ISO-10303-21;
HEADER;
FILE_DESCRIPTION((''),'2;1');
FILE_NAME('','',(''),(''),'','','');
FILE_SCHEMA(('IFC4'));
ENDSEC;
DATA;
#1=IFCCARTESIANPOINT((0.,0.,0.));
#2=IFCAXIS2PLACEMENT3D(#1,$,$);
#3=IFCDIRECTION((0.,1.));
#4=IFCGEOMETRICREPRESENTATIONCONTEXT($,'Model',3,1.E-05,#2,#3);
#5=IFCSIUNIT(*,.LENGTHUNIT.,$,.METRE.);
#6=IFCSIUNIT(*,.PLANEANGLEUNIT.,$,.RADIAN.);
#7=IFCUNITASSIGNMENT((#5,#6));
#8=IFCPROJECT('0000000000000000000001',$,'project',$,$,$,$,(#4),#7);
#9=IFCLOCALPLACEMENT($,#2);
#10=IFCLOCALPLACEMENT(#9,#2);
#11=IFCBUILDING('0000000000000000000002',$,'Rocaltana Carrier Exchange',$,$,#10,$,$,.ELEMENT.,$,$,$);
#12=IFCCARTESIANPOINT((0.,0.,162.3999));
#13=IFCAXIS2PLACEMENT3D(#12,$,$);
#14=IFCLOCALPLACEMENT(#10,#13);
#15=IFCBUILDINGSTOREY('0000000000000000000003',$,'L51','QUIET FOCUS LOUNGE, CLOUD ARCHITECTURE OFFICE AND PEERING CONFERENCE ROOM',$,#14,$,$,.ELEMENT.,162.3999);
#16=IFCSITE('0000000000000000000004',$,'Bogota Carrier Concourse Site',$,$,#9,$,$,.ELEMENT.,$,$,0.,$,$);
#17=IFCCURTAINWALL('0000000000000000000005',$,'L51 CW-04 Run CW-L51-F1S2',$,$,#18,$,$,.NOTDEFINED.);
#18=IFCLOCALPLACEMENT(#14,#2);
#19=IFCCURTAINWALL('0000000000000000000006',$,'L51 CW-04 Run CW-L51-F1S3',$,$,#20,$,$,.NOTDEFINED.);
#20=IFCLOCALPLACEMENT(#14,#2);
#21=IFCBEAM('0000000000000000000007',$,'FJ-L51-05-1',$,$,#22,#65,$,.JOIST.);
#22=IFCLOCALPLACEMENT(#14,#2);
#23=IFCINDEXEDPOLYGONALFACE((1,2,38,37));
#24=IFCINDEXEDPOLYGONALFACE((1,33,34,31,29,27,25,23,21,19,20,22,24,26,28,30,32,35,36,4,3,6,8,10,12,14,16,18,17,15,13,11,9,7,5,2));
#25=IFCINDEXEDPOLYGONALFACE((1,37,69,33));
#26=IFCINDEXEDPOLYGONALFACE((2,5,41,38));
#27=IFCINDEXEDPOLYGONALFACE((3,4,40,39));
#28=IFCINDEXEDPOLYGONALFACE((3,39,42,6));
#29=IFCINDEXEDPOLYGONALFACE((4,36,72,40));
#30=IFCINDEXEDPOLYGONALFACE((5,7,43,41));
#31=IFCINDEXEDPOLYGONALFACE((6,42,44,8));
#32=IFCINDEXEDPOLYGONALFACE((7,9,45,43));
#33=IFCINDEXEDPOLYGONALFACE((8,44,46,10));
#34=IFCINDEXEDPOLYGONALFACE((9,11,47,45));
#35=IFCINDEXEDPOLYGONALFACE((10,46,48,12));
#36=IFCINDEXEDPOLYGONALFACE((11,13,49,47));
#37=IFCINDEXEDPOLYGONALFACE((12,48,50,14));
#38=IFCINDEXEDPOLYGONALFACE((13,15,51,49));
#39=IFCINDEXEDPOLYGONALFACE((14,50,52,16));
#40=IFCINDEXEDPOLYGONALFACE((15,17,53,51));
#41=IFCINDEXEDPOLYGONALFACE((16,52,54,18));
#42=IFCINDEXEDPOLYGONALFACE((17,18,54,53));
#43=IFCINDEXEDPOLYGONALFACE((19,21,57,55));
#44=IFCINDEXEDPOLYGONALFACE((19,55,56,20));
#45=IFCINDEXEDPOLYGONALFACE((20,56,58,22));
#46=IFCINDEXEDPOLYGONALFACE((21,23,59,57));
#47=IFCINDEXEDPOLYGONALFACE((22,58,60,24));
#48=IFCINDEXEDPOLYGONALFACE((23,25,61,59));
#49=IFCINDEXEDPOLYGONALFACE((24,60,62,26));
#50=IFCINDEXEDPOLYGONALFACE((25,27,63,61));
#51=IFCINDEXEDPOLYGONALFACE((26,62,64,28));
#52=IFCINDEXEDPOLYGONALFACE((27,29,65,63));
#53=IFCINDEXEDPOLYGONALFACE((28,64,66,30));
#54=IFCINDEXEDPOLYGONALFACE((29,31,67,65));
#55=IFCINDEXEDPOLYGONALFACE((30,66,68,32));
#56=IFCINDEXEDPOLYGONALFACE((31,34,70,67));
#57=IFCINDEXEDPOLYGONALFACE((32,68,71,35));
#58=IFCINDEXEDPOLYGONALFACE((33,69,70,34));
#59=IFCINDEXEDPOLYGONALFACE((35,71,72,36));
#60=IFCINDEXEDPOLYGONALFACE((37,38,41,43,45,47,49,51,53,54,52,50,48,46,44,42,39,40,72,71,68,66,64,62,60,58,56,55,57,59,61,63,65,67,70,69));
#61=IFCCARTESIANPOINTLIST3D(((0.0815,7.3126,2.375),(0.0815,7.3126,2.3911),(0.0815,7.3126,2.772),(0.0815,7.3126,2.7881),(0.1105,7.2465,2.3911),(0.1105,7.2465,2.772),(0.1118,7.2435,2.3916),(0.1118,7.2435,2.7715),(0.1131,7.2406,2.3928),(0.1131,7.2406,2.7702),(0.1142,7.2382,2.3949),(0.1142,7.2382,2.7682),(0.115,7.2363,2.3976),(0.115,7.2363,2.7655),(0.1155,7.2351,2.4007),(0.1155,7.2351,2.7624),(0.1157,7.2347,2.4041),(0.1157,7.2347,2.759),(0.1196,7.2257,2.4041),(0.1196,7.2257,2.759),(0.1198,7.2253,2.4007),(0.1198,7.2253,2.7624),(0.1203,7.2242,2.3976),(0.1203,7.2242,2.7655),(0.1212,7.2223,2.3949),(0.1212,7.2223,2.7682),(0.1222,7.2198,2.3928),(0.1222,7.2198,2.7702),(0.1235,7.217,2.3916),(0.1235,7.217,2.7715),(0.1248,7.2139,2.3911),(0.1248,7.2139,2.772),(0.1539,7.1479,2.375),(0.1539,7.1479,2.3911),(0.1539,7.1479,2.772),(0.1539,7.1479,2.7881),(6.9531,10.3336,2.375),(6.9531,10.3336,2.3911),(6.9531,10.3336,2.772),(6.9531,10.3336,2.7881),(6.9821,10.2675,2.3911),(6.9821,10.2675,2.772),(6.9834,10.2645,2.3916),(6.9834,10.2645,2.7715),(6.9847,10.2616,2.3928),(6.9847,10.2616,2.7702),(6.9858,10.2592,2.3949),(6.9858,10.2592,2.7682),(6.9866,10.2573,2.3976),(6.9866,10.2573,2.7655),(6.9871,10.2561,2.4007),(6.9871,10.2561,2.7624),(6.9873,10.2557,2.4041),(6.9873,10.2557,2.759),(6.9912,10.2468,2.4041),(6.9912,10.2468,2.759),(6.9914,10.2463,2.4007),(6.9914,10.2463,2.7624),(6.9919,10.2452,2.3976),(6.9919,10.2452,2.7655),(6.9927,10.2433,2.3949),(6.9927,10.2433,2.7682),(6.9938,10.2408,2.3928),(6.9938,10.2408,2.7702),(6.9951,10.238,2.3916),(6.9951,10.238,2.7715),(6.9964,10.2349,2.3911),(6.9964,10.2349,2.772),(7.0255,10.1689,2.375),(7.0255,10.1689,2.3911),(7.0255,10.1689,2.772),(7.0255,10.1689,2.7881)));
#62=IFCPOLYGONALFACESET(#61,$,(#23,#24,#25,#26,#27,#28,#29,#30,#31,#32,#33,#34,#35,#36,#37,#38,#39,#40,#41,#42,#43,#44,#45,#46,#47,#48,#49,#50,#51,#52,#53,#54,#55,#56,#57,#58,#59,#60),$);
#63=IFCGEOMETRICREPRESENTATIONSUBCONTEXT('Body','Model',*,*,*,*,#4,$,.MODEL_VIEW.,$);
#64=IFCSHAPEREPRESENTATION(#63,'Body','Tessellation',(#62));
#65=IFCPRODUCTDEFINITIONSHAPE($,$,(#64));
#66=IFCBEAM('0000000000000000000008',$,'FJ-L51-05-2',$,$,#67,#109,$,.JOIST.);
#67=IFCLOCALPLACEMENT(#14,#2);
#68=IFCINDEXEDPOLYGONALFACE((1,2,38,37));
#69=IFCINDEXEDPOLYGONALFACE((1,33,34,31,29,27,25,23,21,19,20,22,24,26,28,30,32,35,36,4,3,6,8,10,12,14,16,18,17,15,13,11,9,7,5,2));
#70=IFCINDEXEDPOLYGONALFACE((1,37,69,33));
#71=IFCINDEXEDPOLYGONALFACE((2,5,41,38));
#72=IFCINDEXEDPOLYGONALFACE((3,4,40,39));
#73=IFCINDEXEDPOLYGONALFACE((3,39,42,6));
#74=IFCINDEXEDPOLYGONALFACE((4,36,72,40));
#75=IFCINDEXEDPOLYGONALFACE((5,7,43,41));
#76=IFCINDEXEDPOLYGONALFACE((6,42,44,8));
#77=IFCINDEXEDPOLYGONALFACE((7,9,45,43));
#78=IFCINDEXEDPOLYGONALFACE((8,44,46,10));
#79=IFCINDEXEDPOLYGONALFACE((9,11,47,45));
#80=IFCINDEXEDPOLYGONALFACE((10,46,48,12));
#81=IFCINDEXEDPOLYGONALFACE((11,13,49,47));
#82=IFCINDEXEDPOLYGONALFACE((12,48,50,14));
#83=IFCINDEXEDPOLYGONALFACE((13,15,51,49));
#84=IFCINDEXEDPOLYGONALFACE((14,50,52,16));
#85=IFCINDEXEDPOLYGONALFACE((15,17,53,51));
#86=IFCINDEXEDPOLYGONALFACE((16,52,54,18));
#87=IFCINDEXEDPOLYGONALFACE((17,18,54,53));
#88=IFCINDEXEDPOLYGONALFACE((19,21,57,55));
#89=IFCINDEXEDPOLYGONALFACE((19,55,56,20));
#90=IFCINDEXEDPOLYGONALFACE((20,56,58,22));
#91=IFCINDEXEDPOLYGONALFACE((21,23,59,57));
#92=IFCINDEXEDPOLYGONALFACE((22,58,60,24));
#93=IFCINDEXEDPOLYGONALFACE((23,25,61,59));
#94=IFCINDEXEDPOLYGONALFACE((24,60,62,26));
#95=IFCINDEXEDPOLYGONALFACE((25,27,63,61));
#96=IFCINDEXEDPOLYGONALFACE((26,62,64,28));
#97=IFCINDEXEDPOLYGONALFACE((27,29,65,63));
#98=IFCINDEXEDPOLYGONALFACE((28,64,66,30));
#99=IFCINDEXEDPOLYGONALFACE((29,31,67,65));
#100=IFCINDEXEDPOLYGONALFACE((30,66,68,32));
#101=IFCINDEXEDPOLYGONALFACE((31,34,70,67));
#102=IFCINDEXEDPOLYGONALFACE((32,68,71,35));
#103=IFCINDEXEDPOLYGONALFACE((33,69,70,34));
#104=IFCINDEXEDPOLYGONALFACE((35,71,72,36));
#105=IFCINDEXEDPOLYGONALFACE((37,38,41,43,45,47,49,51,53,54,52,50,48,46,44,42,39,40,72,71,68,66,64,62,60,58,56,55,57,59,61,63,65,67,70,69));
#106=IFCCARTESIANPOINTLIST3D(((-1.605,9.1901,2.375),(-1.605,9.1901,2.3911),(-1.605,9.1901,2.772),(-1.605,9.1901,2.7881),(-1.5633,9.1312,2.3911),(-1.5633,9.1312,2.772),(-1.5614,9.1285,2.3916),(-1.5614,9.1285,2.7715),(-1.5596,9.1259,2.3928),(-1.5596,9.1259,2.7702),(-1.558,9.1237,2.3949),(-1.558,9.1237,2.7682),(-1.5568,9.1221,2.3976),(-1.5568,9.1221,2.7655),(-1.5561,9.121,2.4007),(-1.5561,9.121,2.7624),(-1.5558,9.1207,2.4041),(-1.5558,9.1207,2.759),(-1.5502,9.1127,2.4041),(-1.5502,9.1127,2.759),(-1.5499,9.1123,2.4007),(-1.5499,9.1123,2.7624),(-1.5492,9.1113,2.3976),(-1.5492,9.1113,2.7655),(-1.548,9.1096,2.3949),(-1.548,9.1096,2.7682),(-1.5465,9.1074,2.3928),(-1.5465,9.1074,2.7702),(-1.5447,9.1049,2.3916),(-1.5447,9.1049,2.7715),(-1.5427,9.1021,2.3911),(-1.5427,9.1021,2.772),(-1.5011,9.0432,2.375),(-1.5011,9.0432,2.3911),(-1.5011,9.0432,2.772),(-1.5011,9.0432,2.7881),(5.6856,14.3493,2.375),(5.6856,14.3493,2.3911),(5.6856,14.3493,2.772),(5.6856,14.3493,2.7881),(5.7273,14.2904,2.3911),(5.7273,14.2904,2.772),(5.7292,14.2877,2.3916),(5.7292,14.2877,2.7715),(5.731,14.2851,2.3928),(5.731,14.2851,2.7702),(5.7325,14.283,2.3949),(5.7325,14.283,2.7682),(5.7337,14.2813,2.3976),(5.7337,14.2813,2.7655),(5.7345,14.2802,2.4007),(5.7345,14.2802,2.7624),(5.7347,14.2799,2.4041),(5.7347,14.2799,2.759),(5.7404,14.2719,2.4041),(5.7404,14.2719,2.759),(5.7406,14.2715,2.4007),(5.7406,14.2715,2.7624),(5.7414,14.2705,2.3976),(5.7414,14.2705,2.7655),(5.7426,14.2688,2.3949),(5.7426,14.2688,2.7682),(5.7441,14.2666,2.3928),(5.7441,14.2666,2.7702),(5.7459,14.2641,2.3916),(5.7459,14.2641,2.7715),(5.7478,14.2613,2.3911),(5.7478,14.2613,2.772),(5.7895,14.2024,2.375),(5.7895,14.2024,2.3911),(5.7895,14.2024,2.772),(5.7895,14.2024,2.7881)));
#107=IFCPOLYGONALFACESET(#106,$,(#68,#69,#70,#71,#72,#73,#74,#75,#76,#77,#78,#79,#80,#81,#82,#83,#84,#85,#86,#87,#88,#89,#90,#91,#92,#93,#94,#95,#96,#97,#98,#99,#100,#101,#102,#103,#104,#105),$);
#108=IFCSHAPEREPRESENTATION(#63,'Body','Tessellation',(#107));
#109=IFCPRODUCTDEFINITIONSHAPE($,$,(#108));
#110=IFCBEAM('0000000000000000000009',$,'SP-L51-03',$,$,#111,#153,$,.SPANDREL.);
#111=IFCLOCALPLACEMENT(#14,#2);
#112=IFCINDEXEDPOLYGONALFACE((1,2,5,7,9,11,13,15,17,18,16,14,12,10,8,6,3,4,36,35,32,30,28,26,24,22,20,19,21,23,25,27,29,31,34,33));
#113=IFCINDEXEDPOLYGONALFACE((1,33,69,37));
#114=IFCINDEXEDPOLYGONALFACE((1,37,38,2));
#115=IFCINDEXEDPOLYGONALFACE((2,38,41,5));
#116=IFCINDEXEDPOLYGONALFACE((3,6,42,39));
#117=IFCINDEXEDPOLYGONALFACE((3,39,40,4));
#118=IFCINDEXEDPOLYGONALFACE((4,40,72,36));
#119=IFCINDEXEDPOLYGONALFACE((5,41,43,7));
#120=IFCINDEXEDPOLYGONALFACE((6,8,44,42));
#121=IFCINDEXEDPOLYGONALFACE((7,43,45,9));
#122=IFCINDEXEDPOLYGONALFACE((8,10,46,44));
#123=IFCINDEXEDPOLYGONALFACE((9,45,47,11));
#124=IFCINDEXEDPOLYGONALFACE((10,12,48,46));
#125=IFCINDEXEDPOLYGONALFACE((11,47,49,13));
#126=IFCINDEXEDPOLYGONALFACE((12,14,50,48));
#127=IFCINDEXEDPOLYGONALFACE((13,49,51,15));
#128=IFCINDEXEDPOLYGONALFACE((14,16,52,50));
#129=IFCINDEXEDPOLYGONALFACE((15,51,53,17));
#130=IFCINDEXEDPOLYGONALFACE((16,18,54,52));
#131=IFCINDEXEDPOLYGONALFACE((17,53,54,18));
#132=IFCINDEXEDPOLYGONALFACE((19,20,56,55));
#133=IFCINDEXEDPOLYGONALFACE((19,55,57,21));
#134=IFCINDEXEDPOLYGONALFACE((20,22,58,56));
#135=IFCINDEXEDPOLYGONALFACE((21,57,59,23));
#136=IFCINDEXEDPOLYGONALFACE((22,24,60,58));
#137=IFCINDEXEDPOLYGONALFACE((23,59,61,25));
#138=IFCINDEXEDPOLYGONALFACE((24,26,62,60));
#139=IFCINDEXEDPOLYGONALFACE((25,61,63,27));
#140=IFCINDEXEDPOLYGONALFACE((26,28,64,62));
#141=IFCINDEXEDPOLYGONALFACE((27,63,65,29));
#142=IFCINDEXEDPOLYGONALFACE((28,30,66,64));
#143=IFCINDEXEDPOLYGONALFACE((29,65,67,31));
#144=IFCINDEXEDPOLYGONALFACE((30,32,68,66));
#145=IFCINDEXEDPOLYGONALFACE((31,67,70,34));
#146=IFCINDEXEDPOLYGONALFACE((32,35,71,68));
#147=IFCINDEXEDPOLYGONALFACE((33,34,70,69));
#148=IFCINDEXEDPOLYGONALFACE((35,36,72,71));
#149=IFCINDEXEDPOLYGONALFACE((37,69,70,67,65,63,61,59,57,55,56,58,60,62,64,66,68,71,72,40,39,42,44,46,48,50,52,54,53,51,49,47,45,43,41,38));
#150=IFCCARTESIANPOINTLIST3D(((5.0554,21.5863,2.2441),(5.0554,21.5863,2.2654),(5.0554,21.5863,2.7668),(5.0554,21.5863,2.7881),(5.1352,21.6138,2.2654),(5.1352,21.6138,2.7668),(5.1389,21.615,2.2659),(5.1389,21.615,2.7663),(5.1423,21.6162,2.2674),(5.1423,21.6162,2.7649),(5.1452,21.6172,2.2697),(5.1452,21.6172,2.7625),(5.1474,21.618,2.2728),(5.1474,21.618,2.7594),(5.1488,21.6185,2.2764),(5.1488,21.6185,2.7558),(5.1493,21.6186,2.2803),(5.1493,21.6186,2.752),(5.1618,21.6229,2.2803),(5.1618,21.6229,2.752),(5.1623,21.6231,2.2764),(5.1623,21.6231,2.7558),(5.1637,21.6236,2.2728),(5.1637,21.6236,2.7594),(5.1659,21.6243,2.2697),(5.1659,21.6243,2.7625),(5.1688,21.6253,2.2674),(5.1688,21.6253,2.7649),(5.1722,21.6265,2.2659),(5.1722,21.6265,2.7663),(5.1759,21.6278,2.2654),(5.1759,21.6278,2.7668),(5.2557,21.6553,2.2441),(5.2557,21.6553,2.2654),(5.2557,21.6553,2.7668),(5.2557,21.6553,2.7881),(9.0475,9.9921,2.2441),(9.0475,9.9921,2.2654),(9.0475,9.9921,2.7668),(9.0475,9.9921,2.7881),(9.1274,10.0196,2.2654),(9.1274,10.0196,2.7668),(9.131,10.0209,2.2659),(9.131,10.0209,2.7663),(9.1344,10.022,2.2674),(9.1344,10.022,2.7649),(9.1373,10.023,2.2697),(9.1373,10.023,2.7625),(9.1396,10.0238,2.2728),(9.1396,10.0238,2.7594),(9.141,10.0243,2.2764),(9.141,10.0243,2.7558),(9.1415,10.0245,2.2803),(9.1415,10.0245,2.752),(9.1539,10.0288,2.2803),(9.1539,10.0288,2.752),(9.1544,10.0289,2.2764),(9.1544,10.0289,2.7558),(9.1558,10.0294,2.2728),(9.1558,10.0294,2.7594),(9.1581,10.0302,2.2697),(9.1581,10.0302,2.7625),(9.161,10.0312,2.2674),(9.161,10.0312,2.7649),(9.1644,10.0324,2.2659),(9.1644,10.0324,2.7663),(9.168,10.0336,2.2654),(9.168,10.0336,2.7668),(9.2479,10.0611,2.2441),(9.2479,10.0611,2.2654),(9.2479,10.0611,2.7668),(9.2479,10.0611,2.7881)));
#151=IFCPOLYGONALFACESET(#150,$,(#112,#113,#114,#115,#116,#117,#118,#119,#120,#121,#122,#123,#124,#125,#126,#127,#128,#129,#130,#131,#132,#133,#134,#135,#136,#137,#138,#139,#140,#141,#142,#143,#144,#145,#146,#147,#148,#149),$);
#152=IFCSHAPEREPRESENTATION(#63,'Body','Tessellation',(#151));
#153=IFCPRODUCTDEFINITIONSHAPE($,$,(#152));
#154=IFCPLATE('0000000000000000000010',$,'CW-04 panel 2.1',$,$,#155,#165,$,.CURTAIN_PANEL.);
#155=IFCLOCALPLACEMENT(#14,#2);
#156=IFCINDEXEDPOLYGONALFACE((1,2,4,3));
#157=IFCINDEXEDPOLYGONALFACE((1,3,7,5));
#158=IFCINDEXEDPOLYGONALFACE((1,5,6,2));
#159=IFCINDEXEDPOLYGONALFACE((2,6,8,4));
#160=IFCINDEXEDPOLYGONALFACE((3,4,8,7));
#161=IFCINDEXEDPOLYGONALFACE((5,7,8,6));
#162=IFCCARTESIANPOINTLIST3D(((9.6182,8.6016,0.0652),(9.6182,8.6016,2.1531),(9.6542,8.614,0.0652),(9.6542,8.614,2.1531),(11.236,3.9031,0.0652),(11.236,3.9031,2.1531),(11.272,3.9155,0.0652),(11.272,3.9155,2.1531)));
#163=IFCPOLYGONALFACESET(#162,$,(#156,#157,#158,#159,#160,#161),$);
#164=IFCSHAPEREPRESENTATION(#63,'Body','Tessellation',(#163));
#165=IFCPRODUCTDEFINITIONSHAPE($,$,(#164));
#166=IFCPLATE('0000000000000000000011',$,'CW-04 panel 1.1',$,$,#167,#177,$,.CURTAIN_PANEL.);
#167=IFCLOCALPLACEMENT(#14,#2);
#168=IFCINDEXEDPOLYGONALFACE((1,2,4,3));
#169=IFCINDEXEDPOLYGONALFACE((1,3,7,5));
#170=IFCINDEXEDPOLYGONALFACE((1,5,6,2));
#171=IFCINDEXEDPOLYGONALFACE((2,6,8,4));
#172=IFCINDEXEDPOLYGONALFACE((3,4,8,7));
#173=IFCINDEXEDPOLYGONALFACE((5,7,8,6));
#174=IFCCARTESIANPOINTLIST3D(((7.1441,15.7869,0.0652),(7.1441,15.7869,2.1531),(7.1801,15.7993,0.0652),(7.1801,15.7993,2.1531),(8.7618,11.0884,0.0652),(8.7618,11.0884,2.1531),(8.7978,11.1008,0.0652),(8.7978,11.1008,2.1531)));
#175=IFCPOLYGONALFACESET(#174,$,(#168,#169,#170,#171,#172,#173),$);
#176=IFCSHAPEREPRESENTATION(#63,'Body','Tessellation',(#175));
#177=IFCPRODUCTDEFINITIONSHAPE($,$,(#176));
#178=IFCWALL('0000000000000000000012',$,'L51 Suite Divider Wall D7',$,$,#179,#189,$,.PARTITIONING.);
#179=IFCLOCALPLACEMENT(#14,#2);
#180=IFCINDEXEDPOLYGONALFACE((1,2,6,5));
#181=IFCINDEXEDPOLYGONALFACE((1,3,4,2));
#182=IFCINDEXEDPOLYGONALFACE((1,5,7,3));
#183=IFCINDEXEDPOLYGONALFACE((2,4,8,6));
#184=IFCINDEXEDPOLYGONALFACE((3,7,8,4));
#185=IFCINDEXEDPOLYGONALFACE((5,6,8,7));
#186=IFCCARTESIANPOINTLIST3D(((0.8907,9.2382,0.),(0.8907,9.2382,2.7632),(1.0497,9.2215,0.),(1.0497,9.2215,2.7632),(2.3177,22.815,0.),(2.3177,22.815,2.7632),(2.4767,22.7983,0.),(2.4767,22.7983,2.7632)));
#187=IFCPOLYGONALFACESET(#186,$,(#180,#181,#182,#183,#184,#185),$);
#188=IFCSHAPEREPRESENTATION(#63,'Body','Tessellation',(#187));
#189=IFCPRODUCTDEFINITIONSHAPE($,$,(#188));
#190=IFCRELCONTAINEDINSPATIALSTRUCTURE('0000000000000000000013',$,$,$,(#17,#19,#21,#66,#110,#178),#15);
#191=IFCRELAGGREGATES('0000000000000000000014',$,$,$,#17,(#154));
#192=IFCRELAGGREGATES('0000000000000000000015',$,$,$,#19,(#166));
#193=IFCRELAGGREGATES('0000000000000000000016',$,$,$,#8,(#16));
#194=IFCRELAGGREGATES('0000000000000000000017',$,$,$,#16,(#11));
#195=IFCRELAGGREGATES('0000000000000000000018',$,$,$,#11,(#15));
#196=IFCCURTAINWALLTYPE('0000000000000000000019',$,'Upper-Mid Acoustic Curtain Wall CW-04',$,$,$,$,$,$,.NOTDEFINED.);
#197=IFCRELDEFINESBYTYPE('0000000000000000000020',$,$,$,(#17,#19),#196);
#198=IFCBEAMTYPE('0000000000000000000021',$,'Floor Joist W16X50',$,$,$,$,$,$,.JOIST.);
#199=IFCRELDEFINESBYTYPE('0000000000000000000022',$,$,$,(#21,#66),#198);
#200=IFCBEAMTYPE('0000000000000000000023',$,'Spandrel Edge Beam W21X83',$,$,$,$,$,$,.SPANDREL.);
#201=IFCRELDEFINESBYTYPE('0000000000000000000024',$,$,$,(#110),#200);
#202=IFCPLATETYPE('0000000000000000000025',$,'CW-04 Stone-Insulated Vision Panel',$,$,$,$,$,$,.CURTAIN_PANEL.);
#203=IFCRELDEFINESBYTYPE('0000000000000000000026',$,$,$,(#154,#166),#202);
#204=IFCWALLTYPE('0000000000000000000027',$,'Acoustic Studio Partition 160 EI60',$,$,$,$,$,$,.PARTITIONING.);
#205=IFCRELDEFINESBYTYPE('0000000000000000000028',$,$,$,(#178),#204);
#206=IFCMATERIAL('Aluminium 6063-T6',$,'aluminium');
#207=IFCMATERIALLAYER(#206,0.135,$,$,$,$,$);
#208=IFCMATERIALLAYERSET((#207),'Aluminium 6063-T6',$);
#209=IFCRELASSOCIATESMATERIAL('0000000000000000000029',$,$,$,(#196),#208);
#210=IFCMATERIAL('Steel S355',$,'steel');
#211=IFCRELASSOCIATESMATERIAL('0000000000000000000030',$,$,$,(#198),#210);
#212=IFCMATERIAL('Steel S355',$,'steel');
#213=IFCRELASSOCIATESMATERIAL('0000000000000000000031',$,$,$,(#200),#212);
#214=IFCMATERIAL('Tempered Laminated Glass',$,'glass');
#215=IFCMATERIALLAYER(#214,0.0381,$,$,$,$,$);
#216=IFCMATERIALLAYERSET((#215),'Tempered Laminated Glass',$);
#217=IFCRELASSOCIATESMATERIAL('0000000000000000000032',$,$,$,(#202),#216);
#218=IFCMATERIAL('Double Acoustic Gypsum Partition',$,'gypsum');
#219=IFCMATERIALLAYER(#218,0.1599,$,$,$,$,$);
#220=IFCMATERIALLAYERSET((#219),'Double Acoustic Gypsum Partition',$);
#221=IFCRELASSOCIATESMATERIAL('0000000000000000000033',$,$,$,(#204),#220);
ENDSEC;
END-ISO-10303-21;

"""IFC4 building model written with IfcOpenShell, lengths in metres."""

from ifc_helpers import new_model, si_unit, direction, frame, frame_2d, origin, origin_2d, place, context, subcontext, project, spatial, rectangle, i_section, extrude, material, layer, layer_set, material_profile, profile_set, type_object, element, aggregate, save


model = new_model("IFC4")

# Units and contexts
model_context = context("Model", 3, precision=1e-05, world=origin(), true_north=direction((0.0, 1.0)))
body_context = subcontext(model_context, "Body", "Model", "MODEL_VIEW")
ifc_project = project(units=[si_unit("LENGTHUNIT", "METRE"), si_unit("PLANEANGLEUNIT", "RADIAN")], contexts=[model_context])

# Site, building, storey
site_placement = place(None, origin())
site = spatial("IfcSite", under=ifc_project, at=site_placement, Name="Bogota Carrier Concourse Site", CompositionType="ELEMENT", RefElevation=0.0)
building_placement = place(site_placement, origin())
building = spatial("IfcBuilding", under=site, at=building_placement, Name="Rocaltana Carrier Exchange", CompositionType="ELEMENT")
storey_placement = place(building_placement, frame((0.0, 0.0, 162.3999)))
storey = spatial("IfcBuildingStorey", under=building, at=storey_placement, Name="L51", Description="QUIET FOCUS LOUNGE, CLOUD ARCHITECTURE OFFICE AND PEERING CONFERENCE ROOM", CompositionType="ELEMENT", Elevation=162.3999)

# Curtain wall
ifc_material_1 = material(Name="Aluminium 6063-T6", Category="aluminium")
ifc_layer_1 = layer(ifc_material_1, 0.135)
ifc_layer_set_1 = layer_set([ifc_layer_1], Name="Aluminium 6063-T6")
curtain_wall_type = type_object("IfcCurtainWallType", Name="Upper-Mid Acoustic Curtain Wall CW-04", PredefinedType="NOTDEFINED", material=ifc_layer_set_1)
curtain_wall_1_placement = place(storey_placement, origin())
curtain_wall_1 = element("IfcCurtainWall", 1, at=curtain_wall_1_placement, inside=storey, type_object=curtain_wall_type, Name="L51 CW-04 Run CW-L51-F1S2", PredefinedType="NOTDEFINED")

# Curtain wall
curtain_wall_2_placement = place(storey_placement, origin())
curtain_wall_2 = element("IfcCurtainWall", 2, at=curtain_wall_2_placement, inside=storey, type_object=curtain_wall_type, Name="L51 CW-04 Run CW-L51-F1S3", PredefinedType="NOTDEFINED")

# Beams
ifc_material_2 = material(Name="Steel S355", Category="steel")
ifc_material_profile_1 = material_profile(ifc_material_2, i_section(OverallWidth=0.1799, OverallDepth=0.4131, WebThickness=0.0098, FlangeThickness=0.0161, FilletRadius=0.0129, at=origin_2d()), Name="W16X50")
ifc_profile_set_1 = profile_set([ifc_material_profile_1], Name="Steel S355")
beam_type_1 = type_object("IfcBeamType", Name="Floor Joist W16X50", PredefinedType="JOIST", material=ifc_profile_set_1)
beam_1_placement = place(storey_placement, frame((6.9893, 10.2512, 2.5815), z_axis=(-0.915438, -0.40246, 0.0), x_axis=(0.40246, -0.915438, 0.0)))
element("IfcBeam", 3, at=beam_1_placement, inside=storey, type_object=beam_type_1, Name="FJ-L51-05-1", PredefinedType="JOIST", context=body_context, shape_type="SweptSolid", body=[
    extrude(i_section(OverallWidth=0.1799, OverallDepth=0.4131, WebThickness=0.0098, FlangeThickness=0.0161, FilletRadius=0.0129, at=origin_2d()), origin(), (0.0, 0.0, 1.0), 7.5063),
])
beam_2_placement = place(storey_placement, frame((5.7375, 14.2759, 2.5815), z_axis=(-0.816285, -0.577649, 0.0), x_axis=(0.577649, -0.816285, 0.0)))
element("IfcBeam", 4, at=beam_2_placement, inside=storey, type_object=beam_type_1, Name="FJ-L51-05-2", PredefinedType="JOIST", context=body_context, shape_type="SweptSolid", body=[
    extrude(i_section(OverallWidth=0.1799, OverallDepth=0.4131, WebThickness=0.0098, FlangeThickness=0.0161, FilletRadius=0.0129, at=origin_2d()), origin(), (0.0, 0.0, 1.0), 8.9314),
])
ifc_material_3 = material(Name="Steel S355", Category="steel")
ifc_material_profile_2 = material_profile(ifc_material_3, i_section(OverallWidth=0.2119, OverallDepth=0.5439, WebThickness=0.0132, FlangeThickness=0.0212, FilletRadius=0.0149, at=origin_2d()), Name="W21X83")
ifc_profile_set_2 = profile_set([ifc_material_profile_2], Name="Steel S355")
beam_type_2 = type_object("IfcBeamType", Name="Spandrel Edge Beam W21X83", PredefinedType="SPANDREL", material=ifc_profile_set_2)
beam_3_placement = place(storey_placement, frame((9.1477, 10.0266, 2.5161), z_axis=(-0.325566, 0.945519, 0.0), x_axis=(-0.945519, -0.325566, 0.0)))
element("IfcBeam", 5, at=beam_3_placement, inside=storey, type_object=beam_type_2, Name="SP-L51-03", PredefinedType="SPANDREL", context=body_context, shape_type="SweptSolid", body=[
    extrude(i_section(OverallWidth=0.2119, OverallDepth=0.5439, WebThickness=0.0132, FlangeThickness=0.0212, FilletRadius=0.0149, at=origin_2d()), origin(), (0.0, 0.0, 1.0), 12.2622),
])

# Plates
ifc_material_4 = material(Name="Tempered Laminated Glass", Category="glass")
ifc_layer_2 = layer(ifc_material_4, 0.0381)
ifc_layer_set_2 = layer_set([ifc_layer_2], Name="Tempered Laminated Glass")
plate_type = type_object("IfcPlateType", Name="CW-04 Stone-Insulated Vision Panel", PredefinedType="CURTAIN_PANEL", material=ifc_layer_set_2)
plate_1_placement = place(storey_placement, frame((10.4451, 6.2585, 0.0652), z_axis=(0.0, 0.0, 1.0), x_axis=(-0.325562, 0.945521, 0.0)))
plate_1 = element("IfcPlate", 6, at=plate_1_placement, type_object=plate_type, Name="CW-04 panel 2.1", PredefinedType="CURTAIN_PANEL", context=body_context, shape_type="SweptSolid", body=[
    extrude(rectangle(XDim=4.9692, YDim=0.0381, at=origin_2d()), origin(), (0.0, 0.0, 1.0), 2.0879),
])
aggregate(curtain_wall_1, [plate_1])
plate_2_placement = place(storey_placement, frame((7.9709, 13.4438, 0.0652), z_axis=(0.0, 0.0, 1.0), x_axis=(-0.325559, 0.945522, 0.0)))
plate_2 = element("IfcPlate", 7, at=plate_2_placement, type_object=plate_type, Name="CW-04 panel 1.1", PredefinedType="CURTAIN_PANEL", context=body_context, shape_type="SweptSolid", body=[
    extrude(rectangle(XDim=4.9692, YDim=0.0381, at=origin_2d()), origin(), (0.0, 0.0, 1.0), 2.0879),
])
aggregate(curtain_wall_2, [plate_2])

# Wall
ifc_material_5 = material(Name="Double Acoustic Gypsum Partition", Category="gypsum")
ifc_layer_3 = layer(ifc_material_5, 0.1599)
ifc_layer_set_3 = layer_set([ifc_layer_3], Name="Double Acoustic Gypsum Partition")
wall_type_1 = type_object("IfcWallType", Name="Acoustic Studio Partition 160 EI60", PredefinedType="PARTITIONING", material=ifc_layer_set_3)
wall_1_placement = place(storey_placement, frame((0.9702, 9.23, 0.0), z_axis=(0.0, 0.0, 1.0), x_axis=(0.104529, 0.994522, 0.0)))
element("IfcWall", 8, at=wall_1_placement, inside=storey, type_object=wall_type_1, Name="L51 Suite Divider Wall D7", PredefinedType="PARTITIONING", context=body_context, shape_type="SweptSolid", body=[
    extrude(rectangle(XDim=13.6516, YDim=0.1599, at=frame_2d((6.8257, 0.0))), origin(), (0.0, 0.0, 1.0), 2.7632),
])

save(model, "model.ifc")
